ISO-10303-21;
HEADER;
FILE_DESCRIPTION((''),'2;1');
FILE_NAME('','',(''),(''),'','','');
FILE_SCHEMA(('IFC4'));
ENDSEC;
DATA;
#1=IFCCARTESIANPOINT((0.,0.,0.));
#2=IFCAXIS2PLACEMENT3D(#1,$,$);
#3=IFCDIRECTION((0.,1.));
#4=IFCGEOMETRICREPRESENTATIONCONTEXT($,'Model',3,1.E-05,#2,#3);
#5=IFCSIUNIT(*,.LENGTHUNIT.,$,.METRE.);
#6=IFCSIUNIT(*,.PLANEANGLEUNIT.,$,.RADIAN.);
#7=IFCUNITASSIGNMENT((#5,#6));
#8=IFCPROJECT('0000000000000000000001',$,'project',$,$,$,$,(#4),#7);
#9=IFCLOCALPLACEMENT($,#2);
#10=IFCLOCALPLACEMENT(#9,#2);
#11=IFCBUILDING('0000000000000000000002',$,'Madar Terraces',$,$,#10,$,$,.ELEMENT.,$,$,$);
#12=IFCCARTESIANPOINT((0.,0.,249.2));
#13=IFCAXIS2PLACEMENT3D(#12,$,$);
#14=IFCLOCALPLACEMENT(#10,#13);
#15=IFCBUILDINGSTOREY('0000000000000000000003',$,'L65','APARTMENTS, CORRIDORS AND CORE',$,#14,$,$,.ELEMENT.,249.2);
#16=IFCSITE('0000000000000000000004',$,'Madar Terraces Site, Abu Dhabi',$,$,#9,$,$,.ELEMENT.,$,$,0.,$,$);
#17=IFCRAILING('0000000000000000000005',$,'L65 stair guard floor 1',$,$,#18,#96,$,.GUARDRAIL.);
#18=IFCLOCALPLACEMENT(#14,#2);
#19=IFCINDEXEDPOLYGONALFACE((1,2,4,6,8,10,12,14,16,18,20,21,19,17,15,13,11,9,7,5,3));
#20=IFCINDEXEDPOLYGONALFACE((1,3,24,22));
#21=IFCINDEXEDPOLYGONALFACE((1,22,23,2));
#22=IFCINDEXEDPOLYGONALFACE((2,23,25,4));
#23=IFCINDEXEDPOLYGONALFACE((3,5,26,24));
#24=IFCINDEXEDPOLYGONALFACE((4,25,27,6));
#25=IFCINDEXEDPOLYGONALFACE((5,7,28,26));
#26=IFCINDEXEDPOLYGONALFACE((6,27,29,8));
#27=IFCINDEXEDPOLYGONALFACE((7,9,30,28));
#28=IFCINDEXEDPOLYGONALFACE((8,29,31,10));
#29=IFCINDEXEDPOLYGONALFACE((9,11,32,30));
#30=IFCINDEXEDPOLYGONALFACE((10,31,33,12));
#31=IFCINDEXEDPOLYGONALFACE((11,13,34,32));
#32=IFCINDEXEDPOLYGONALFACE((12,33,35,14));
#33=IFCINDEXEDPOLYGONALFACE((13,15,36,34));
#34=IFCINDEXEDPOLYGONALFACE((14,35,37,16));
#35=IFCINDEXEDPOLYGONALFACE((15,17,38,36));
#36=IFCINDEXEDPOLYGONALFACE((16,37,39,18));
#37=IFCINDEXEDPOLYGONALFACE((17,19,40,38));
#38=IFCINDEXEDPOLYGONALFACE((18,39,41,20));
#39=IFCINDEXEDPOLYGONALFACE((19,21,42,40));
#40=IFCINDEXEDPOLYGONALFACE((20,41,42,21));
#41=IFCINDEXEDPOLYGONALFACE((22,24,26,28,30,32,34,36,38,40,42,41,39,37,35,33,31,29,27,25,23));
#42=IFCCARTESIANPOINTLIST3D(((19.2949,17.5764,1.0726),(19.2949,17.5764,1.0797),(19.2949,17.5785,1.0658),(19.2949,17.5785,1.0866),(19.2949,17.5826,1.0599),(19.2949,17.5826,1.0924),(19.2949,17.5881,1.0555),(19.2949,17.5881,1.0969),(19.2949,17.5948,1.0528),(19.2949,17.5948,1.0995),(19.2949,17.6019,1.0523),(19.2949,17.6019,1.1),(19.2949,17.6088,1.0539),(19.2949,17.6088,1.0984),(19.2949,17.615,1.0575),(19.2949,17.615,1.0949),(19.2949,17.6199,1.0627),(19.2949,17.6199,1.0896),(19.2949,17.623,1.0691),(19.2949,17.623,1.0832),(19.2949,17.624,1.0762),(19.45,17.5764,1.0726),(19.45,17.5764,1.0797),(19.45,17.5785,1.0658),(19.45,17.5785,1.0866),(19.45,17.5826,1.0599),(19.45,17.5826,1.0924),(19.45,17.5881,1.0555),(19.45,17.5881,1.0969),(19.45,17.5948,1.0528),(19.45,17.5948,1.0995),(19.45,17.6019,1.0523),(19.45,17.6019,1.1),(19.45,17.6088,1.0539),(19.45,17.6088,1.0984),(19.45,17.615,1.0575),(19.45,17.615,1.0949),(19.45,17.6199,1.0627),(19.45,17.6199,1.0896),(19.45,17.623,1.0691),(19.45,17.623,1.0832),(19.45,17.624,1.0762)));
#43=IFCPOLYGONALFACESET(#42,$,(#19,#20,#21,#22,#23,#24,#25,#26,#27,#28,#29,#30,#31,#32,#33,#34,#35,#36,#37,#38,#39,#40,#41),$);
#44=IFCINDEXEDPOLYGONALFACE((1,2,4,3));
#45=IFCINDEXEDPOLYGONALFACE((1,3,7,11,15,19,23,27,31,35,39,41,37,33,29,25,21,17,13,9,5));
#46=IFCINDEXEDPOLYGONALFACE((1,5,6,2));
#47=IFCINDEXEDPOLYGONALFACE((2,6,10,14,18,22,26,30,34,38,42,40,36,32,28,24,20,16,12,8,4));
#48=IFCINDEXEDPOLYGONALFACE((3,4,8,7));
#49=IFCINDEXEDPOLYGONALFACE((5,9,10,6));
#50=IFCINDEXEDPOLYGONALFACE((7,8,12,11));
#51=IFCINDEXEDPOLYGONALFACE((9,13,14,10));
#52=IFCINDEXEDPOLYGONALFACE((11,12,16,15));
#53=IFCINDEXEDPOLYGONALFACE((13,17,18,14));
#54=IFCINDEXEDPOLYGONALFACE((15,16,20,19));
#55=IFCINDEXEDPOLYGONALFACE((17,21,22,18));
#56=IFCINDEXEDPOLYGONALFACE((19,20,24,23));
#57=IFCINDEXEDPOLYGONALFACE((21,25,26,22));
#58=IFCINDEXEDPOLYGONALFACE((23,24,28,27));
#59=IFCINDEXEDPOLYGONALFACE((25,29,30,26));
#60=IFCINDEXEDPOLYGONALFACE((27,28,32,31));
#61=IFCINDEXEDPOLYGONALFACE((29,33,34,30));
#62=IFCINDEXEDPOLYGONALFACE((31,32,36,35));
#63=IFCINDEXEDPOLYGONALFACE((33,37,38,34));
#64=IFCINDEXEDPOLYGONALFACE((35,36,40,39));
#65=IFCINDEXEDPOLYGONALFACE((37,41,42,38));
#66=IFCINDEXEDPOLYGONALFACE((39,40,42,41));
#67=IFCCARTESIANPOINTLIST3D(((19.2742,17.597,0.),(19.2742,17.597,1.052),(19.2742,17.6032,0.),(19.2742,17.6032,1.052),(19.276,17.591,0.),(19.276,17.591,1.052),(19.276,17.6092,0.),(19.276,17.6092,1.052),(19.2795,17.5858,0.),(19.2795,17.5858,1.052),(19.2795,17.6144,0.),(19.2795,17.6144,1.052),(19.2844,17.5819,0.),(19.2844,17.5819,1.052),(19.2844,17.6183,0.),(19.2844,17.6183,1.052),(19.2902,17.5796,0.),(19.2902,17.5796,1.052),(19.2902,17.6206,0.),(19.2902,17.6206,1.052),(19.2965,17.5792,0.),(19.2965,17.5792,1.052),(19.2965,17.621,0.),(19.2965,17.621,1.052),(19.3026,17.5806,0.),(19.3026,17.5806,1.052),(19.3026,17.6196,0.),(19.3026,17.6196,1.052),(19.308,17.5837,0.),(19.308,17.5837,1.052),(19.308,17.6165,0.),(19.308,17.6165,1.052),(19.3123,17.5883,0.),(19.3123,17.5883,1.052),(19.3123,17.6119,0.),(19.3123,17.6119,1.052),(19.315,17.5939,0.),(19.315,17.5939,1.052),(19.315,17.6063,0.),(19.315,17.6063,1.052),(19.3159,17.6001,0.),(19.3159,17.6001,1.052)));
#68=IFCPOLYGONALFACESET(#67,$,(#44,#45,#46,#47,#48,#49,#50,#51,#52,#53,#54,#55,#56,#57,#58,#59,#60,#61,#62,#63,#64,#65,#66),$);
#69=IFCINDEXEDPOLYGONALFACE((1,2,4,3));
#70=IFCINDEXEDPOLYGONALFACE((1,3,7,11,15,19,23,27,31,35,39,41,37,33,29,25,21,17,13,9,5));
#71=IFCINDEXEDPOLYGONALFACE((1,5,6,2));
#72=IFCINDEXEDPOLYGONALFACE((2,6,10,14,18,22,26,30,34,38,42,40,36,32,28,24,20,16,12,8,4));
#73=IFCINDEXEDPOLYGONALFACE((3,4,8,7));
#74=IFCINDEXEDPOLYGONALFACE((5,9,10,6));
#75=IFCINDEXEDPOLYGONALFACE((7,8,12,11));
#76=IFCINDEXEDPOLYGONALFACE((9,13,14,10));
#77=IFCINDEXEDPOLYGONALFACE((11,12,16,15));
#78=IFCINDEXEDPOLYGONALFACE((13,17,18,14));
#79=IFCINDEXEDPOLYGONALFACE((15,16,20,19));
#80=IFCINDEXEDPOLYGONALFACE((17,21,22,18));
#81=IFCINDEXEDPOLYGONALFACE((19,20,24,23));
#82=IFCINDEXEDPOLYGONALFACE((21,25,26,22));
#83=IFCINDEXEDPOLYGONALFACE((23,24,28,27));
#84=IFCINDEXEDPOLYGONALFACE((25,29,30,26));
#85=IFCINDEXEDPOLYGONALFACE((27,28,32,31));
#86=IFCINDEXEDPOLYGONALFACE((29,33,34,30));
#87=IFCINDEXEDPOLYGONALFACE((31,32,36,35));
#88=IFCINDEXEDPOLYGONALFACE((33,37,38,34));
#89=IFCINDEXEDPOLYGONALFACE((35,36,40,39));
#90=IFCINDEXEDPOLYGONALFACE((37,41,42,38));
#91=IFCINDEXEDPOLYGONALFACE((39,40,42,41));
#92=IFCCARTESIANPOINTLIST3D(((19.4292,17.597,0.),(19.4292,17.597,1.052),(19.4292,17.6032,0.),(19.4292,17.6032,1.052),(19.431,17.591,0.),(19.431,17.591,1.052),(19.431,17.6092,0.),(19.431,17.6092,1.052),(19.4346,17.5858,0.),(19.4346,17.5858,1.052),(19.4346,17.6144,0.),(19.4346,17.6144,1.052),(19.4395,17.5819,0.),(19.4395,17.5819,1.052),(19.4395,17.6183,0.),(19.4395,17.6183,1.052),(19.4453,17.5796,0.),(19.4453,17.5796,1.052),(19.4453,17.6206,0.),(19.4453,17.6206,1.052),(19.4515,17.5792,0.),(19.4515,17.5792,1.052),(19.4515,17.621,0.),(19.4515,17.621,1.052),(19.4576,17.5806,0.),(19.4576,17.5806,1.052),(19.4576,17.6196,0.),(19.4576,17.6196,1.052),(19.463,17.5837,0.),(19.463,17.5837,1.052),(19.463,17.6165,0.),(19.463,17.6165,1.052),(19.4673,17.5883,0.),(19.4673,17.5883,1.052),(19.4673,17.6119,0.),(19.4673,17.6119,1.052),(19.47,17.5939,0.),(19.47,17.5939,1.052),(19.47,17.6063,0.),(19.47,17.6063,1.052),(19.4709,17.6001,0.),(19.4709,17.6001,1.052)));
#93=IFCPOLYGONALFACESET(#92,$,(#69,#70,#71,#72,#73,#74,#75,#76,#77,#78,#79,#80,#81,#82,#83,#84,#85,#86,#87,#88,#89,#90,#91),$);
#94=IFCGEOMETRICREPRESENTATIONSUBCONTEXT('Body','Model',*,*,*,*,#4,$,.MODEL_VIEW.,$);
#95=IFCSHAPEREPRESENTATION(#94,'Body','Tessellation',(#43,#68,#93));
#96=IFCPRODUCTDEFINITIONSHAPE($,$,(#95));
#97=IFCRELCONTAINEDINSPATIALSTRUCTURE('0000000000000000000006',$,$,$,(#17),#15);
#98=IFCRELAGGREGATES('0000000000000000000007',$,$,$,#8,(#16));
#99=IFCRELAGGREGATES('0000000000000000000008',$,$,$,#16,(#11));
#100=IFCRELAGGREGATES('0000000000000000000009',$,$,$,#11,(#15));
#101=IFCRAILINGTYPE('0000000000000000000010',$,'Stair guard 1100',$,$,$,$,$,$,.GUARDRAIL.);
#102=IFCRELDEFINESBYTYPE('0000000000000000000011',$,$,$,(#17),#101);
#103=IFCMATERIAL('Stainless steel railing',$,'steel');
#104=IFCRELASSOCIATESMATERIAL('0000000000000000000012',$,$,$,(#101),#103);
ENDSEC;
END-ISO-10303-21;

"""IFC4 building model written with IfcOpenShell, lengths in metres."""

from ifc_helpers import new_model, si_unit, direction, frame, origin, origin_2d, place, context, subcontext, project, spatial, circle, extrude, material, type_object, element, save


model = new_model("IFC4")

# Units and contexts
model_context = context("Model", 3, precision=1e-05, world=origin(), true_north=direction((0.0, 1.0)))
body_context = subcontext(model_context, "Body", "Model", "MODEL_VIEW")
ifc_project = project(units=[si_unit("LENGTHUNIT", "METRE"), si_unit("PLANEANGLEUNIT", "RADIAN")], contexts=[model_context])

# Site, building, storey
site_placement = place(None, origin())
site = spatial("IfcSite", under=ifc_project, at=site_placement, Name="Madar Terraces Site, Abu Dhabi", CompositionType="ELEMENT", RefElevation=0.0)
building_placement = place(site_placement, origin())
building = spatial("IfcBuilding", under=site, at=building_placement, Name="Madar Terraces", CompositionType="ELEMENT")
storey_placement = place(building_placement, frame((0.0, 0.0, 249.2)))
storey = spatial("IfcBuildingStorey", under=building, at=storey_placement, Name="L65", Description="APARTMENTS, CORRIDORS AND CORE", CompositionType="ELEMENT", Elevation=249.2)

# Railing
ifc_material_1 = material(Name="Stainless steel railing", Category="steel")
railing_type_1 = type_object("IfcRailingType", Name="Stair guard 1100", PredefinedType="GUARDRAIL", material=ifc_material_1)
for number, where, name in (
    (1, (19.2949, 17.6001, 0.0), "L65 stair guard floor 1"),
):
    element("IfcRailing", number, at=place(storey_placement, frame(where)), inside=storey, type_object=railing_type_1, Name=name, PredefinedType="GUARDRAIL", context=body_context, shape_type="SweptSolid", body=[
        extrude(circle(Radius=0.0239, at=origin_2d()), frame((0.0, 0.0, 1.0762), z_axis=(1.0, 0.0, 0.0), x_axis=(0.0, 1.0, 0.0)), (0.0, 0.0, 1.0), 0.155),
        extrude(circle(Radius=0.021, at=origin_2d()), origin(), (0.0, 0.0, 1.0), 1.052),
        extrude(circle(Radius=0.021, at=origin_2d()), frame((0.155, 0.0, 0.0)), (0.0, 0.0, 1.0), 1.052),
    ])

save(model, "model.ifc")
